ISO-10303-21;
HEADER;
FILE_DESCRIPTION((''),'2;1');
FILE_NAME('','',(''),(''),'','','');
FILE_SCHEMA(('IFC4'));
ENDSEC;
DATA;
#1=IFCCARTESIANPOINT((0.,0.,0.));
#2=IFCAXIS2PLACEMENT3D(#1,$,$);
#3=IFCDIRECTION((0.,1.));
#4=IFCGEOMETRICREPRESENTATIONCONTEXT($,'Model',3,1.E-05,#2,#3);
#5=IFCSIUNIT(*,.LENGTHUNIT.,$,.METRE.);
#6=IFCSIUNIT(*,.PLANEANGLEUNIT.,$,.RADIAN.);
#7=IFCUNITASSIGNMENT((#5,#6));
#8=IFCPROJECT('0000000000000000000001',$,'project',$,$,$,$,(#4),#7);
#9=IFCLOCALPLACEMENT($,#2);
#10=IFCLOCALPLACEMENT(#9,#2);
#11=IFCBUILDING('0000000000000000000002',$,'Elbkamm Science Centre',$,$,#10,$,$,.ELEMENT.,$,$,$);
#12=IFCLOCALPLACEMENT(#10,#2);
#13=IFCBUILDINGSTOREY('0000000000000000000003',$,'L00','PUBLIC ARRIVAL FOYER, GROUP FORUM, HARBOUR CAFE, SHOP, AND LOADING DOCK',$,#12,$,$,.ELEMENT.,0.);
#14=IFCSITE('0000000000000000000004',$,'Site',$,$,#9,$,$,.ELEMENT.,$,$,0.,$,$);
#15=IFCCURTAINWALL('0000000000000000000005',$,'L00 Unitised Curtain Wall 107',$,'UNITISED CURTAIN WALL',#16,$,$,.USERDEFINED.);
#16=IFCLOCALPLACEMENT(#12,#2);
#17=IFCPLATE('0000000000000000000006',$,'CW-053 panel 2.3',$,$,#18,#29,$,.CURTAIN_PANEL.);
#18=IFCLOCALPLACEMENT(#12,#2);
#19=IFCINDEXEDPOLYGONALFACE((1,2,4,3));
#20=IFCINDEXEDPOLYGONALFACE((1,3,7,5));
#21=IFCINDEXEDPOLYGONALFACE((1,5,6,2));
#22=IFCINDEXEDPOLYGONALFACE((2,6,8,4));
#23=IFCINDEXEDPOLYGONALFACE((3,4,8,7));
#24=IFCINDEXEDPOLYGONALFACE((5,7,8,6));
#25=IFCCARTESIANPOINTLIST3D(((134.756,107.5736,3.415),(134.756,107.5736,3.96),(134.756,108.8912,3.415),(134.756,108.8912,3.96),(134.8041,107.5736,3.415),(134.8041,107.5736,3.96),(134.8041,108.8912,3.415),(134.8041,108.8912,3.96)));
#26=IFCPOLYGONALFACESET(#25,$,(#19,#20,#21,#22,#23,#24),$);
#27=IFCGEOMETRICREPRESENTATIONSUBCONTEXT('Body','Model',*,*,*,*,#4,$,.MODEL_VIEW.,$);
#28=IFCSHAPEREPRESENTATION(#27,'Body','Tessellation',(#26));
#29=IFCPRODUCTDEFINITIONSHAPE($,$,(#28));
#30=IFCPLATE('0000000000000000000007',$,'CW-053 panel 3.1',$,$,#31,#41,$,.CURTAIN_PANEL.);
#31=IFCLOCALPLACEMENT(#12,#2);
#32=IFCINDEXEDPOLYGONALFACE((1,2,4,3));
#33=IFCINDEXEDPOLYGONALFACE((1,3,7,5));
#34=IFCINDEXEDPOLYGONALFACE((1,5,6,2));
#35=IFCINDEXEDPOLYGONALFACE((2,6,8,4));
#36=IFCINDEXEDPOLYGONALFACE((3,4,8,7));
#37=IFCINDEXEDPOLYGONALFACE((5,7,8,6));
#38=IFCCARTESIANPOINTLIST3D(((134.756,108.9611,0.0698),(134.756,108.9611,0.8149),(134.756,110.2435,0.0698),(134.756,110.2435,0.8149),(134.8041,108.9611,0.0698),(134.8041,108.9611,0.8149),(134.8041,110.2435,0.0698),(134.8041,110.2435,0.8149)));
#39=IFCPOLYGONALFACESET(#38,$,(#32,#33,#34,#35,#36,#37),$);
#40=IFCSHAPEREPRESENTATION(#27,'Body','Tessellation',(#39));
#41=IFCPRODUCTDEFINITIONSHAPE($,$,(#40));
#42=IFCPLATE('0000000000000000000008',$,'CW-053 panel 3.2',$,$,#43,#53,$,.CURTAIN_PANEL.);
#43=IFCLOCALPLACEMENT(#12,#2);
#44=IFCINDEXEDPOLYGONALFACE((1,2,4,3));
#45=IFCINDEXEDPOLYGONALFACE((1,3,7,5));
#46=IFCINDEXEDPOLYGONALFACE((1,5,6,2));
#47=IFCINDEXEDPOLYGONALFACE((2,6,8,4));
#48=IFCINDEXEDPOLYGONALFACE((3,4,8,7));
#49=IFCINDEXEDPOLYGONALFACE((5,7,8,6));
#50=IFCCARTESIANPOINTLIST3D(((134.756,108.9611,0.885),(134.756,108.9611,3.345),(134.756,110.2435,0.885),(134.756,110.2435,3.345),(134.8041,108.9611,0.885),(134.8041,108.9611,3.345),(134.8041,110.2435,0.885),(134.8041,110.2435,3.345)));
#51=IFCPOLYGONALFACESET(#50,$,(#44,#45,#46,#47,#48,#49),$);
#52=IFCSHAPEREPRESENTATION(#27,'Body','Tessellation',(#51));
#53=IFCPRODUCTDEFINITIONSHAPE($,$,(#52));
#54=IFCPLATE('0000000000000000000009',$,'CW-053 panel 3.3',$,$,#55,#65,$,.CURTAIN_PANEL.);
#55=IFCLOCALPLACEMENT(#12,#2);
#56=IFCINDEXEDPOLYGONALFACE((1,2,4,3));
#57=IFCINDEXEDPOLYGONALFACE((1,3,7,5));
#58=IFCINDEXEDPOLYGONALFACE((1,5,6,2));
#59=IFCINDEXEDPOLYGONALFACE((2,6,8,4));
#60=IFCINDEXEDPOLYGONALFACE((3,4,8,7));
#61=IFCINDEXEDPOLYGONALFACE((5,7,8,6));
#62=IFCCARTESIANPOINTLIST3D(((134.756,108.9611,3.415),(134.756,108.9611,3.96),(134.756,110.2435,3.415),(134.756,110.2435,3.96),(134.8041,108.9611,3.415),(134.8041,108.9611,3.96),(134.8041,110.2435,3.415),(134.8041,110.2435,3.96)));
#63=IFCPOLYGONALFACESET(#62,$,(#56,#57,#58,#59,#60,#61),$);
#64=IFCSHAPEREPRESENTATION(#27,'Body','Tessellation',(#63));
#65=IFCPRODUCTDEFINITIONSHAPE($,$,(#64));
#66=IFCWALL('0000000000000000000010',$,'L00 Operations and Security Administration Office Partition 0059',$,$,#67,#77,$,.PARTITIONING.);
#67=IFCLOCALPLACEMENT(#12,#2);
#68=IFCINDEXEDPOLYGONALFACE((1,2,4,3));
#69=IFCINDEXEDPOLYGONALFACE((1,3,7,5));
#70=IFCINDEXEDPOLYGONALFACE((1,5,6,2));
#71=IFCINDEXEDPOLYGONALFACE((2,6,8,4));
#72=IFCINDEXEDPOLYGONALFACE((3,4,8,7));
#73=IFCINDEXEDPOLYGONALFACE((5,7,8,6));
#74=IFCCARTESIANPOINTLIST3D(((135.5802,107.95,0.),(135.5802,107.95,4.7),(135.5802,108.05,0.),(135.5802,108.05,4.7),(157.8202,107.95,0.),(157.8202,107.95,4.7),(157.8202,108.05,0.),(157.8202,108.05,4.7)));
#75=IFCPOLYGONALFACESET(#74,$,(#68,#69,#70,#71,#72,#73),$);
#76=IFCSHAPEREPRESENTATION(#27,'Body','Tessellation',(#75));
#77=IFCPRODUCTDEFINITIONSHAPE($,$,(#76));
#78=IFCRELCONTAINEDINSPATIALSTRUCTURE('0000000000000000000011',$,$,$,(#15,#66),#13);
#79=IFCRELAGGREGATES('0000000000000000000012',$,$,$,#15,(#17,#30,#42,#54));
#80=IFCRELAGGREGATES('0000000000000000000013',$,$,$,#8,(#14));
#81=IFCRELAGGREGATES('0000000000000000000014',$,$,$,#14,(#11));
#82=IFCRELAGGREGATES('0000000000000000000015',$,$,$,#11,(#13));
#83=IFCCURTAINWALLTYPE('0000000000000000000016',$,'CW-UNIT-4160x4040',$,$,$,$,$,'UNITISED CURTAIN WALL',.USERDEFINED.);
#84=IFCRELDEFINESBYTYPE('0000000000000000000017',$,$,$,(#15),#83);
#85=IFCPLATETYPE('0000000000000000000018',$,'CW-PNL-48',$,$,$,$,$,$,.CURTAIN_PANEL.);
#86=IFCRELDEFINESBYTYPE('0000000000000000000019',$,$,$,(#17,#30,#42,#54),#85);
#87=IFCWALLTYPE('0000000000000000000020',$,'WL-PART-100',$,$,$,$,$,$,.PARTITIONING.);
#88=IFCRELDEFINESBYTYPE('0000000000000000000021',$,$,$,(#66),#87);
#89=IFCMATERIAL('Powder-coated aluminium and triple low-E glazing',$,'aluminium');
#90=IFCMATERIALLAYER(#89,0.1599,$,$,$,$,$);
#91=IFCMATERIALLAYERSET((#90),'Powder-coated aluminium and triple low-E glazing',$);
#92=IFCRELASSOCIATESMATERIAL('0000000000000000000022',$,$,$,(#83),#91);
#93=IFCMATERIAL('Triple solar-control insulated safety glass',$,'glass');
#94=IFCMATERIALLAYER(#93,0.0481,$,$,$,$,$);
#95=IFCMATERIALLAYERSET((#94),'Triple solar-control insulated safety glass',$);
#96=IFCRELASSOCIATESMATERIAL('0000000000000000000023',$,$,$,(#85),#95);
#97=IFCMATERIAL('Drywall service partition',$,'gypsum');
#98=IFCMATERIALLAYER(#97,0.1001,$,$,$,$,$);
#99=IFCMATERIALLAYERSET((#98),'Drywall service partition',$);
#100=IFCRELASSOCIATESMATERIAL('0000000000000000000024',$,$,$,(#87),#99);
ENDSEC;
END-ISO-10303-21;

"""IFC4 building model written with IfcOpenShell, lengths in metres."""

from ifc_helpers import new_model, si_unit, direction, frame, frame_2d, origin, origin_2d, place, context, subcontext, project, spatial, rectangle, extrude, material, layer, layer_set, type_object, element, aggregate, save


model = new_model("IFC4")

# Units and contexts
model_context = context("Model", 3, precision=1e-05, world=origin(), true_north=direction((0.0, 1.0)))
body_context = subcontext(model_context, "Body", "Model", "MODEL_VIEW")
ifc_project = project(units=[si_unit("LENGTHUNIT", "METRE"), si_unit("PLANEANGLEUNIT", "RADIAN")], contexts=[model_context])

# Site, building, storey
site_placement = place(None, origin())
site = spatial("IfcSite", under=ifc_project, at=site_placement, Name="Site", CompositionType="ELEMENT", RefElevation=0.0)
building_placement = place(site_placement, origin())
building = spatial("IfcBuilding", under=site, at=building_placement, Name="Elbkamm Science Centre", CompositionType="ELEMENT")
storey_placement = place(building_placement, origin())
storey = spatial("IfcBuildingStorey", under=building, at=storey_placement, Name="L00", Description="PUBLIC ARRIVAL FOYER, GROUP FORUM, HARBOUR CAFE, SHOP, AND LOADING DOCK", CompositionType="ELEMENT", Elevation=0.0)

# Curtain wall
ifc_material_1 = material(Name="Powder-coated aluminium and triple low-E glazing", Category="aluminium")
ifc_layer_1 = layer(ifc_material_1, 0.1599)
ifc_layer_set_1 = layer_set([ifc_layer_1], Name="Powder-coated aluminium and triple low-E glazing")
curtain_wall_type_1 = type_object("IfcCurtainWallType", Name="CW-UNIT-4160x4040", ElementType="UNITISED CURTAIN WALL", PredefinedType="USERDEFINED", material=ifc_layer_set_1)
curtain_wall_1_placement = place(storey_placement, origin())
curtain_wall_1 = element("IfcCurtainWall", 1, at=curtain_wall_1_placement, inside=storey, type_object=curtain_wall_type_1, Name="L00 Unitised Curtain Wall 107", ObjectType="UNITISED CURTAIN WALL", PredefinedType="USERDEFINED")

# Plates
ifc_material_2 = material(Name="Triple solar-control insulated safety glass", Category="glass")
ifc_layer_2 = layer(ifc_material_2, 0.0481)
ifc_layer_set_2 = layer_set([ifc_layer_2], Name="Triple solar-control insulated safety glass")
plate_type = type_object("IfcPlateType", Name="CW-PNL-48", PredefinedType="CURTAIN_PANEL", material=ifc_layer_set_2)
plate_1_placement = place(storey_placement, frame((134.78, 108.2324, 3.415), z_axis=(0.0, 0.0, 1.0), x_axis=(0.0, 1.0, 0.0)))
plate_1 = element("IfcPlate", 2, at=plate_1_placement, type_object=plate_type, Name="CW-053 panel 2.3", PredefinedType="CURTAIN_PANEL", context=body_context, shape_type="SweptSolid", body=[
    extrude(rectangle(XDim=1.3176, YDim=0.0481, at=origin_2d()), origin(), (0.0, 0.0, 1.0), 0.5449),
])
plate_2_placement = place(storey_placement, frame((134.78, 109.6023, 0.0698), z_axis=(0.0, 0.0, 1.0), x_axis=(0.0, 1.0, 0.0)))
plate_2 = element("IfcPlate", 3, at=plate_2_placement, type_object=plate_type, Name="CW-053 panel 3.1", PredefinedType="CURTAIN_PANEL", context=body_context, shape_type="SweptSolid", body=[
    extrude(rectangle(XDim=1.2825, YDim=0.0481, at=origin_2d()), origin(), (0.0, 0.0, 1.0), 0.7451),
])
plate_3_placement = place(storey_placement, frame((134.78, 109.6023, 0.885), z_axis=(0.0, 0.0, 1.0), x_axis=(0.0, 1.0, 0.0)))
plate_3 = element("IfcPlate", 4, at=plate_3_placement, type_object=plate_type, Name="CW-053 panel 3.2", PredefinedType="CURTAIN_PANEL", context=body_context, shape_type="SweptSolid", body=[
    extrude(rectangle(XDim=1.2825, YDim=0.0481, at=origin_2d()), origin(), (0.0, 0.0, 1.0), 2.46),
])
plate_4_placement = place(storey_placement, frame((134.78, 109.6023, 3.415), z_axis=(0.0, 0.0, 1.0), x_axis=(0.0, 1.0, 0.0)))
plate_4 = element("IfcPlate", 5, at=plate_4_placement, type_object=plate_type, Name="CW-053 panel 3.3", PredefinedType="CURTAIN_PANEL", context=body_context, shape_type="SweptSolid", body=[
    extrude(rectangle(XDim=1.2825, YDim=0.0481, at=origin_2d()), origin(), (0.0, 0.0, 1.0), 0.5449),
])
aggregate(curtain_wall_1, [plate_1, plate_2, plate_3, plate_4])

# Wall
ifc_material_3 = material(Name="Drywall service partition", Category="gypsum")
ifc_layer_3 = layer(ifc_material_3, 0.1001)
ifc_layer_set_3 = layer_set([ifc_layer_3], Name="Drywall service partition")
wall_type = type_object("IfcWallType", Name="WL-PART-100", PredefinedType="PARTITIONING", material=ifc_layer_set_3)
wall_placement = place(storey_placement, frame((135.5801, 108.0, 0.0), z_axis=(0.0, 0.0, 1.0), x_axis=(1.0, 0.0, 0.0)))
element("IfcWall", 6, at=wall_placement, inside=storey, type_object=wall_type, Name="L00 Operations and Security Administration Office Partition 0059", PredefinedType="PARTITIONING", context=body_context, shape_type="SweptSolid", body=[
    extrude(rectangle(XDim=22.24, YDim=0.1001, at=frame_2d((11.1201, 0.0))), origin(), (0.0, 0.0, 1.0), 4.7),
])

save(model, "model.ifc")
